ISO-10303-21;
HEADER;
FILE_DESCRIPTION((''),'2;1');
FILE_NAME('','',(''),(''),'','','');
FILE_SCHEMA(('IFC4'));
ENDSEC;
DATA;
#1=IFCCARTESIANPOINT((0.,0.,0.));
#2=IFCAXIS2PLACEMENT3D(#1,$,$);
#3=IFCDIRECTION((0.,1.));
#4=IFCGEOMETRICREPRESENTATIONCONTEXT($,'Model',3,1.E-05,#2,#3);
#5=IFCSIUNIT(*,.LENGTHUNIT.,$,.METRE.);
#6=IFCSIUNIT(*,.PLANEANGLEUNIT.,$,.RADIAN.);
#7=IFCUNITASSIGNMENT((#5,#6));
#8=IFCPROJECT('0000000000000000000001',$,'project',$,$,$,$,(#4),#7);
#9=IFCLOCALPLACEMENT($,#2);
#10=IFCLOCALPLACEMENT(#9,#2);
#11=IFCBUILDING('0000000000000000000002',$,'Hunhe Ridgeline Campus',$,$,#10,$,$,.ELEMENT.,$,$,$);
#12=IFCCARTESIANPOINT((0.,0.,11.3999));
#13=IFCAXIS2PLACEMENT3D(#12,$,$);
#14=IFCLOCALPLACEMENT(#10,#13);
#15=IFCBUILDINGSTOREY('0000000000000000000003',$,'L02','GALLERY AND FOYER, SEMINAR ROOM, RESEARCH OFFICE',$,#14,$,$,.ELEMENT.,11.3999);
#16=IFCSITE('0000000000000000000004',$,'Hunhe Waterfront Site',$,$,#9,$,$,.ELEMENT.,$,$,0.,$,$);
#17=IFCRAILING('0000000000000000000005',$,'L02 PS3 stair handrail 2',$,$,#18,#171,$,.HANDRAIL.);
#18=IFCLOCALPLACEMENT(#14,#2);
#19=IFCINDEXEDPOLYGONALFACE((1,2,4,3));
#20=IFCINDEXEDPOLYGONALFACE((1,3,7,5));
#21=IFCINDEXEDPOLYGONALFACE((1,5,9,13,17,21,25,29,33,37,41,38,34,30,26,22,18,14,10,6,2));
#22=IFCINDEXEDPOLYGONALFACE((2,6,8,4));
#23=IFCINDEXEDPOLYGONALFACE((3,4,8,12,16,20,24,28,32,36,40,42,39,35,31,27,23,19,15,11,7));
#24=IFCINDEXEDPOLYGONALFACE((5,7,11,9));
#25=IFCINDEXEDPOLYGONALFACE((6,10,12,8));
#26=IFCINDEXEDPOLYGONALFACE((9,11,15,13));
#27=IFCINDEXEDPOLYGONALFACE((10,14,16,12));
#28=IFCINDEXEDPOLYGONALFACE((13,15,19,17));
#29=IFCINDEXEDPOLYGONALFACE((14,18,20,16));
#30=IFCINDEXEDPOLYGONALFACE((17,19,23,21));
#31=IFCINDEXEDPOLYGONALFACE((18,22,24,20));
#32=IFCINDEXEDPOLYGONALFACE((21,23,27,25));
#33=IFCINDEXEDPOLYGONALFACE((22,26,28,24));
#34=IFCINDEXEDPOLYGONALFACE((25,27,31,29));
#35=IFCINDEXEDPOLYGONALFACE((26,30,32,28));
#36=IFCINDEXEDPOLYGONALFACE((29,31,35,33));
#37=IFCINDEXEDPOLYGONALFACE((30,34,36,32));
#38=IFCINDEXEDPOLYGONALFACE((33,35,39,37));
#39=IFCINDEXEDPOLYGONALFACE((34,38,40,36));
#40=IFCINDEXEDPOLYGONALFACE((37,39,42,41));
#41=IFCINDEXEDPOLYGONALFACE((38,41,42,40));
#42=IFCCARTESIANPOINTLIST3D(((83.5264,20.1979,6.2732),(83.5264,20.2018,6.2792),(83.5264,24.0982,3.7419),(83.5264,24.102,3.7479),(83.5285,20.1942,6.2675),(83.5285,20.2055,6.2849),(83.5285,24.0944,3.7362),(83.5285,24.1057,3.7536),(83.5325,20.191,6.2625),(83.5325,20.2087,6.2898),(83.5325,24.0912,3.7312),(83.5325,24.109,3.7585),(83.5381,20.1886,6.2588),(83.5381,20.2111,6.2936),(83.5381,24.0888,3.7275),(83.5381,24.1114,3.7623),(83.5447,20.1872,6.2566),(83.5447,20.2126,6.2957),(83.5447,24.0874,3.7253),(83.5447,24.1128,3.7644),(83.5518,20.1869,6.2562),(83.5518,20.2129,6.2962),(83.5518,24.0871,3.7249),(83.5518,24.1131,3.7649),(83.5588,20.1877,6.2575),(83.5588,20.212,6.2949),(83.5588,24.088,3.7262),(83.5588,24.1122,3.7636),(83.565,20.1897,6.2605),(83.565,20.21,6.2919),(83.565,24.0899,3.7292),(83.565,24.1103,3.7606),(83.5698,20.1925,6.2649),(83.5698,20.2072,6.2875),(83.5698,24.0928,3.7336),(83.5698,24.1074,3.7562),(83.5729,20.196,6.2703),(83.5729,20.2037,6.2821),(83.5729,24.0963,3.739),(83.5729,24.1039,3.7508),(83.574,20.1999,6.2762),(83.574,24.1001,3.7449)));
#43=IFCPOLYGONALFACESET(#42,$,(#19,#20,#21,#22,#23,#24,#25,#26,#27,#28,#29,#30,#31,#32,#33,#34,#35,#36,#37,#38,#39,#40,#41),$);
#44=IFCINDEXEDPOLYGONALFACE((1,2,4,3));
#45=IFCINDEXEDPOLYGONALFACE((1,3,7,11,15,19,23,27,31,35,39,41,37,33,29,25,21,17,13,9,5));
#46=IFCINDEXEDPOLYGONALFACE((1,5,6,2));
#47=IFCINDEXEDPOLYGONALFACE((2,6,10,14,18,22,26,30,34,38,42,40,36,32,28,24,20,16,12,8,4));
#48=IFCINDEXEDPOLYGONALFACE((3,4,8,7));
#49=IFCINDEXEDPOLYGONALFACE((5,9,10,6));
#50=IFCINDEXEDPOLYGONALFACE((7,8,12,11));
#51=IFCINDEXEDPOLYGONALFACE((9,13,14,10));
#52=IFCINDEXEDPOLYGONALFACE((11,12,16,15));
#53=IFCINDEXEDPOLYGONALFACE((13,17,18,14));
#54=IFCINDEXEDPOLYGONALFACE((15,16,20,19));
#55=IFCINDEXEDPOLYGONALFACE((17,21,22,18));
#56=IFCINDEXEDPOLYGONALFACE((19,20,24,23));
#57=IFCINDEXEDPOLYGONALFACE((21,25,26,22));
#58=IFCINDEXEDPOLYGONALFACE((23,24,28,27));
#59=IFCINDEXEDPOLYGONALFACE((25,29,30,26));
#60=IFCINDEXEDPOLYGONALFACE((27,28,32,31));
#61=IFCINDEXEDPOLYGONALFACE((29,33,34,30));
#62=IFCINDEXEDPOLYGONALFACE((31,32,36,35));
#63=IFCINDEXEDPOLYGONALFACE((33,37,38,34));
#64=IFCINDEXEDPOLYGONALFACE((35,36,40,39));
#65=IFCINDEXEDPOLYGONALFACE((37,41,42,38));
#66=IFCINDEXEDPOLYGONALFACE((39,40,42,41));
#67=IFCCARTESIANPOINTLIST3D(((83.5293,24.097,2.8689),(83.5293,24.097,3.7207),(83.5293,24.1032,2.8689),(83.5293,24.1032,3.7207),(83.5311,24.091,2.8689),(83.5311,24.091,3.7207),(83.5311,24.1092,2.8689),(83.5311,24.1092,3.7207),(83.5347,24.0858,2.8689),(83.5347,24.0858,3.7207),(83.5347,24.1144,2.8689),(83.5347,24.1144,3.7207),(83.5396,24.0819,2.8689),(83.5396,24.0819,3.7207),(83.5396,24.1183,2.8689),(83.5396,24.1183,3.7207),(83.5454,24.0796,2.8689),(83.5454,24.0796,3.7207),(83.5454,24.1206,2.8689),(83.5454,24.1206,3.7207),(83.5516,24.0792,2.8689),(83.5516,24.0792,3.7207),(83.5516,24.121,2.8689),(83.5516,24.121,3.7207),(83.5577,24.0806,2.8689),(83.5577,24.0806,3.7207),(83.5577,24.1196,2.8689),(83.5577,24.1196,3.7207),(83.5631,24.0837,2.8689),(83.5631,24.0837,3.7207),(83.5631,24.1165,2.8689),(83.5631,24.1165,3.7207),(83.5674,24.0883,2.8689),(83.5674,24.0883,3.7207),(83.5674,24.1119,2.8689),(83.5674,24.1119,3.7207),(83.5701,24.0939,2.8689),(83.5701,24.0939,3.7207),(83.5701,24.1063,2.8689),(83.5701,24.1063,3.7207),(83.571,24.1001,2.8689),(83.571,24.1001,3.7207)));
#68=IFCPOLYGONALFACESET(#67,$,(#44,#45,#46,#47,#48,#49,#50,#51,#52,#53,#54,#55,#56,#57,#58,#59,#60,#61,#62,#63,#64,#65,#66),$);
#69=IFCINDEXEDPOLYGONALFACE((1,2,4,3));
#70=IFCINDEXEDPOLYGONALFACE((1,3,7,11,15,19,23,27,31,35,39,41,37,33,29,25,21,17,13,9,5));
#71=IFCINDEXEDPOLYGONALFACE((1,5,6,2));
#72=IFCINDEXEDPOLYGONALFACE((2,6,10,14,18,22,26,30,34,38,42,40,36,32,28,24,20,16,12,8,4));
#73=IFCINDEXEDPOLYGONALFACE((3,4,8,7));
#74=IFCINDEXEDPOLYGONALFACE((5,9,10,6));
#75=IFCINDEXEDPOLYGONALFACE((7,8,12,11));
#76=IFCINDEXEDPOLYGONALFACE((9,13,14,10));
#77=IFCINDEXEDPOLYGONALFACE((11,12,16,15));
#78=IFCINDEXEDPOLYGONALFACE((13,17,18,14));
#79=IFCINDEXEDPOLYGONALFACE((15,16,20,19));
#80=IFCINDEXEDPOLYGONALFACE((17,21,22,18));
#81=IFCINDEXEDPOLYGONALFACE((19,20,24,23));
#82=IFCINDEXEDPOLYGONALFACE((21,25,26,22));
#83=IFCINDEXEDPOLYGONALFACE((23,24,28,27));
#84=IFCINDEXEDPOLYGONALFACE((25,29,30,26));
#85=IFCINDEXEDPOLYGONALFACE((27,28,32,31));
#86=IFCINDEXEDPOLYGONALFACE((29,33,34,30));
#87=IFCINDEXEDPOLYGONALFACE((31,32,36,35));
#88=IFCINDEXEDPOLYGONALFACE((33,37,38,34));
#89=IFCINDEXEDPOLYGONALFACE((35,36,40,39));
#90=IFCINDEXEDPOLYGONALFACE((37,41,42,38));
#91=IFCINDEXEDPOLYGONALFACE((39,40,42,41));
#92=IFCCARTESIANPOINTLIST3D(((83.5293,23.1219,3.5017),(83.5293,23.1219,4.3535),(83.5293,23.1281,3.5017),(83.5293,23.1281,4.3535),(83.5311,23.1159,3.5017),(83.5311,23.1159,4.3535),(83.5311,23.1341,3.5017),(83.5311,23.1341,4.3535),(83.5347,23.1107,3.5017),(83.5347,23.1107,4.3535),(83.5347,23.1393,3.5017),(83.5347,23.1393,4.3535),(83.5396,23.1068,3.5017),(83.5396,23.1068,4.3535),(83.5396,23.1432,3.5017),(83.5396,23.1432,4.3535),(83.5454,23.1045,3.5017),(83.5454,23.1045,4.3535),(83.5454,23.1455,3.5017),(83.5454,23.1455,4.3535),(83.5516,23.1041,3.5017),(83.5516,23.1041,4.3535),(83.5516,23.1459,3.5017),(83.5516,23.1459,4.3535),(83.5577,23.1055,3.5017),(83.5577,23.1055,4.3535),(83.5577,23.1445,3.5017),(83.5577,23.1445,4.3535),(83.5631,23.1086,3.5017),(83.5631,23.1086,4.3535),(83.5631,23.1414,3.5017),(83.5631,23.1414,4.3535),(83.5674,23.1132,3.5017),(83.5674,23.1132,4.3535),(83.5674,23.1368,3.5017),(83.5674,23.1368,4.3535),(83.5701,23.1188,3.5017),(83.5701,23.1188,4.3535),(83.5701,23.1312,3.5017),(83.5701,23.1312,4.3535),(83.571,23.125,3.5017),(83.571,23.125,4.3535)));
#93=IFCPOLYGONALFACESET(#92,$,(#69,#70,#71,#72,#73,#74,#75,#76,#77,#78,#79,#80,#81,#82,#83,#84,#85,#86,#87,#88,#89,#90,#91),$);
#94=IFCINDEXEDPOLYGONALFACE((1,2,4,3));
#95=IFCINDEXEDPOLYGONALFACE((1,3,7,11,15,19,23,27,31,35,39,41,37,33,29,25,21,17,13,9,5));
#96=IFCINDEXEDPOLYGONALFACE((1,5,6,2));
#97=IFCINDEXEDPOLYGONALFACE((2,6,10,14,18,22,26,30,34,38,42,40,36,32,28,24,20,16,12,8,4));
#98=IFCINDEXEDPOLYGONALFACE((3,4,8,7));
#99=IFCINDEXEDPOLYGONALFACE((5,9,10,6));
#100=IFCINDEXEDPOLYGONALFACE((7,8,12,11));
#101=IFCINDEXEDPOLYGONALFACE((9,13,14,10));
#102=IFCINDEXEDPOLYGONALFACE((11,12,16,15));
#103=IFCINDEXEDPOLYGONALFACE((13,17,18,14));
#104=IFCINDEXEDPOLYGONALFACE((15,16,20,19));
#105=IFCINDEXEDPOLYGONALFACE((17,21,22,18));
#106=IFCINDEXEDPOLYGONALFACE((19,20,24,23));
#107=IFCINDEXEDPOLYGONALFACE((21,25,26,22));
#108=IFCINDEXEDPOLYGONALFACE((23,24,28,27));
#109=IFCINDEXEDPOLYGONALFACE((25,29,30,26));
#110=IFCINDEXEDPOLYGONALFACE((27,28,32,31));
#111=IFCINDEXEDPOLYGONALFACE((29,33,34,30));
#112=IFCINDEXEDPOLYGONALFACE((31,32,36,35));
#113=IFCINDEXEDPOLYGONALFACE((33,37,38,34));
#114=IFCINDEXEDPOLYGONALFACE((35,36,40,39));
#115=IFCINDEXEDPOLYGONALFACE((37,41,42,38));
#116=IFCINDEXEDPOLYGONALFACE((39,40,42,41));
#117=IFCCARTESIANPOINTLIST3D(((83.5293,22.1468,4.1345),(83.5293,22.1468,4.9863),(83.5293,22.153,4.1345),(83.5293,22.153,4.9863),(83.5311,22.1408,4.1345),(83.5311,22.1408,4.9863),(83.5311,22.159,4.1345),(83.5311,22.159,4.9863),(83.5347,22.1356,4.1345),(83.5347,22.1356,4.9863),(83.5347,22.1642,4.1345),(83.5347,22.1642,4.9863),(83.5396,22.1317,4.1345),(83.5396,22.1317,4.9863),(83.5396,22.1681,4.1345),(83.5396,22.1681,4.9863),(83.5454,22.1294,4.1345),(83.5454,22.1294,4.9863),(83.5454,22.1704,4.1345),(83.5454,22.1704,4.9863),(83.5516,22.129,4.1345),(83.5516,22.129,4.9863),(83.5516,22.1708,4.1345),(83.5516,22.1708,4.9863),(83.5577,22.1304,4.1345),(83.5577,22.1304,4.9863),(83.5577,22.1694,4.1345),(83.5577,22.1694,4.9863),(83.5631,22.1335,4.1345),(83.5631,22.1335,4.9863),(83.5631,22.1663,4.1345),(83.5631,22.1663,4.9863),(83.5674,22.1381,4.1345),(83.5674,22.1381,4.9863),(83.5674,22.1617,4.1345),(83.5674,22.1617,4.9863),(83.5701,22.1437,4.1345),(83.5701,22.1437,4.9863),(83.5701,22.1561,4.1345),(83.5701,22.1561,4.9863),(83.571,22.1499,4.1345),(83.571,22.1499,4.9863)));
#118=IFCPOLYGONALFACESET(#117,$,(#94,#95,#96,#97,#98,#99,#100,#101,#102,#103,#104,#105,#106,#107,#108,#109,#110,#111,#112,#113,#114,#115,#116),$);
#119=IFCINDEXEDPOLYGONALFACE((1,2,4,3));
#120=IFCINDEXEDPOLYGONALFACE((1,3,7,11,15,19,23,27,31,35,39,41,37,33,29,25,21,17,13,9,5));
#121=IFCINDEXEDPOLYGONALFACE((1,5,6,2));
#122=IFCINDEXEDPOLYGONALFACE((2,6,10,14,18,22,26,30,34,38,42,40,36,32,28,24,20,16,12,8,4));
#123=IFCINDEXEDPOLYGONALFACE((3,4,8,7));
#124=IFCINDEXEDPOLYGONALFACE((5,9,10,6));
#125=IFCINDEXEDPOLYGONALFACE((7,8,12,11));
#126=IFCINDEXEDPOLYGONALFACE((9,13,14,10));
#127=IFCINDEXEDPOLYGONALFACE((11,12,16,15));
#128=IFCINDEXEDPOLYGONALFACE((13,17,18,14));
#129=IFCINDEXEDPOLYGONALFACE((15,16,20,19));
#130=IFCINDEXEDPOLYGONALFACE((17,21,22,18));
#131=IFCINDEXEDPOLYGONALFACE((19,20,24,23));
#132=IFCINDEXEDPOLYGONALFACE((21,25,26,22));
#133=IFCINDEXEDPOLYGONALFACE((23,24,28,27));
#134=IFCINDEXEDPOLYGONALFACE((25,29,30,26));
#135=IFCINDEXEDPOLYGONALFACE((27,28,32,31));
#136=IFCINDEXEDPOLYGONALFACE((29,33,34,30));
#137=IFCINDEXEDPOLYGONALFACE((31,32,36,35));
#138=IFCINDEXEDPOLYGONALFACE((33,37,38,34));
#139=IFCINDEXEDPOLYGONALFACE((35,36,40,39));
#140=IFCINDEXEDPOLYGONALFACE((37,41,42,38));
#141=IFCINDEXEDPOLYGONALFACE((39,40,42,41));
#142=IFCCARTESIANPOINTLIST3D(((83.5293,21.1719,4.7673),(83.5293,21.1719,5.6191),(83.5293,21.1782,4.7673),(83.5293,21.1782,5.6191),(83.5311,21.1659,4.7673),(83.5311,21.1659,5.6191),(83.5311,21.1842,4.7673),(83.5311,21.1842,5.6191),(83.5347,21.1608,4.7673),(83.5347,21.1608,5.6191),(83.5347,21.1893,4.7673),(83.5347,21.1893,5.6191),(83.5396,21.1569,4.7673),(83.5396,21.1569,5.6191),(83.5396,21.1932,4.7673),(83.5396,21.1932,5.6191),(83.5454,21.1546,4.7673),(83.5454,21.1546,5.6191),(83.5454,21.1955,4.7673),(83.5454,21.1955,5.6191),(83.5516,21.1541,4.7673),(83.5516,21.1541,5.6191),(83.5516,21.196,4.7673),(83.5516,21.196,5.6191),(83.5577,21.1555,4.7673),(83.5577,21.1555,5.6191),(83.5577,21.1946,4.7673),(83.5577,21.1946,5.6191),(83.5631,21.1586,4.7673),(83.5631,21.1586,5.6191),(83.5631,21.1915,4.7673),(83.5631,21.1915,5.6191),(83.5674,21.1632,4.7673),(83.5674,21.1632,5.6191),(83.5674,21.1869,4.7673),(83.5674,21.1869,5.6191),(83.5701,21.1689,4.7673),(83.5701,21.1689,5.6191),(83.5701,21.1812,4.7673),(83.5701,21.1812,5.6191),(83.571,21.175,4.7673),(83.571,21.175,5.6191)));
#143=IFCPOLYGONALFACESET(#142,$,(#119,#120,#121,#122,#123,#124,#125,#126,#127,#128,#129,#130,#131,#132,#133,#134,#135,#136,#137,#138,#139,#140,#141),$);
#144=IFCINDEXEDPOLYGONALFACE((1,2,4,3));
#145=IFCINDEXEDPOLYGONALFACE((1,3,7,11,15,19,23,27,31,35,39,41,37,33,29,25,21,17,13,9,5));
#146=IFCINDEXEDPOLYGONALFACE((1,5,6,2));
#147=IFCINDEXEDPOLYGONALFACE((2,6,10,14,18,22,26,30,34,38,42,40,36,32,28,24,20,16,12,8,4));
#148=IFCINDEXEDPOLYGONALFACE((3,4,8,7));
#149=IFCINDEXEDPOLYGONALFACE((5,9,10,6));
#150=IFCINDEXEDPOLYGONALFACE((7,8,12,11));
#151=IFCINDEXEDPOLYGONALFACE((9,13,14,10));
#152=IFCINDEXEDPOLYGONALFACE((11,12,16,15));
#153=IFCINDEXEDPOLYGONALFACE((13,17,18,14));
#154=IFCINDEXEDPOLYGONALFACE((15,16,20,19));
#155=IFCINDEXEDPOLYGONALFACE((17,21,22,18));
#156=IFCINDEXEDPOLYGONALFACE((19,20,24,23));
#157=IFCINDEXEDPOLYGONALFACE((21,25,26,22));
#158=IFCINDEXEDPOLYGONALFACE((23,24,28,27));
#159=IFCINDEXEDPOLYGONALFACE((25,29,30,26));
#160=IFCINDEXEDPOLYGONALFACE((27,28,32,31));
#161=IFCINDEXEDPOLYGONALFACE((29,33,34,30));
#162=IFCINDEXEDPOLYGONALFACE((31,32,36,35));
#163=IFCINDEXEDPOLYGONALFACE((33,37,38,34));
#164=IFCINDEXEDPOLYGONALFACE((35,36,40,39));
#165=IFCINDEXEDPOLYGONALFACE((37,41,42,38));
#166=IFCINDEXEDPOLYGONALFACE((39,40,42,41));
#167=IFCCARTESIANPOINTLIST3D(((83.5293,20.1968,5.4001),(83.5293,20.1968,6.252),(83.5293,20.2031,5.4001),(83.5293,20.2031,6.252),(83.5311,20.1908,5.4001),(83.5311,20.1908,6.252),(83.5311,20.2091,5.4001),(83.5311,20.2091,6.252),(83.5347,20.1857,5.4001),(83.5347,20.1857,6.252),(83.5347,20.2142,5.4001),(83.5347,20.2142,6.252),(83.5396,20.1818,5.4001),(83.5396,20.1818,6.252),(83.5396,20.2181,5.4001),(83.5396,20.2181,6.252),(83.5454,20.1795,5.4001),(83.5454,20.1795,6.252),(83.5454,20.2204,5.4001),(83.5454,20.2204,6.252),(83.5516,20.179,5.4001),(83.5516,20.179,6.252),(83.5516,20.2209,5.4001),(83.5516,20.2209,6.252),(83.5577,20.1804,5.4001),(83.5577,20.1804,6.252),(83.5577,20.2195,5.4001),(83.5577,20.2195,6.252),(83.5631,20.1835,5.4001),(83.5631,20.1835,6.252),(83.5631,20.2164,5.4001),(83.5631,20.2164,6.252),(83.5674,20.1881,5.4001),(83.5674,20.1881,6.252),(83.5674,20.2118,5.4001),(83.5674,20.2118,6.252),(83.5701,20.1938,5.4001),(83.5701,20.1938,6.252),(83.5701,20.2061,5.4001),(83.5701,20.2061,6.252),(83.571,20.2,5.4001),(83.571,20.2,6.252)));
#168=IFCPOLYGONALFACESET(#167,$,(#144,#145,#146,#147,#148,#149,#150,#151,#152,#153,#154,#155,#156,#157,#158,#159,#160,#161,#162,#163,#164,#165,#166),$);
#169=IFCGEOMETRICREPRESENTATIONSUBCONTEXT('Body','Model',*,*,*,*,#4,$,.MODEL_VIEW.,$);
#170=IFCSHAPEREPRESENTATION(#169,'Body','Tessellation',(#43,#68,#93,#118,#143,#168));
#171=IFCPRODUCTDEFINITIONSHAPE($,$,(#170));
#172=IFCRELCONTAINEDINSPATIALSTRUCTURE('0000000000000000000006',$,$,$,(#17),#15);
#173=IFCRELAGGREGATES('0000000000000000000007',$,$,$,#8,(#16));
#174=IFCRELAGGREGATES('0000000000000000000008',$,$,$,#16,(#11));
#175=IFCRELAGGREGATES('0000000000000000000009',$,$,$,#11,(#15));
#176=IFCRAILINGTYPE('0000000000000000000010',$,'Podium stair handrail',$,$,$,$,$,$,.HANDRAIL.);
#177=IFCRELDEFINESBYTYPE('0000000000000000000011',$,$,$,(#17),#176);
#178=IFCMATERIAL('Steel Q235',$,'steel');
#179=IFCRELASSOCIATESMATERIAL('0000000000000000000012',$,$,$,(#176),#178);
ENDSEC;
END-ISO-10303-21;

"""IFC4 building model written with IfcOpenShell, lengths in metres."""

from ifc_helpers import new_model, si_unit, direction, frame, origin, origin_2d, place, context, subcontext, project, spatial, circle, extrude, material, type_object, element, save


model = new_model("IFC4")

# Units and contexts
model_context = context("Model", 3, precision=1e-05, world=origin(), true_north=direction((0.0, 1.0)))
body_context = subcontext(model_context, "Body", "Model", "MODEL_VIEW")
ifc_project = project(units=[si_unit("LENGTHUNIT", "METRE"), si_unit("PLANEANGLEUNIT", "RADIAN")], contexts=[model_context])

# Site, building, storey
site_placement = place(None, origin())
site = spatial("IfcSite", under=ifc_project, at=site_placement, Name="Hunhe Waterfront Site", CompositionType="ELEMENT", RefElevation=0.0)
building_placement = place(site_placement, origin())
building = spatial("IfcBuilding", under=site, at=building_placement, Name="Hunhe Ridgeline Campus", CompositionType="ELEMENT")
storey_placement = place(building_placement, frame((0.0, 0.0, 11.3999)))
storey = spatial("IfcBuildingStorey", under=building, at=storey_placement, Name="L02", Description="GALLERY AND FOYER, SEMINAR ROOM, RESEARCH OFFICE", CompositionType="ELEMENT", Elevation=11.3999)

# Railing
ifc_material_1 = material(Name="Steel Q235", Category="steel")
railing_type_1 = type_object("IfcRailingType", Name="Podium stair handrail", PredefinedType="HANDRAIL", material=ifc_material_1)
railing_1_placement = place(storey_placement, frame((83.55, 24.1001, 2.8689)))
element("IfcRailing", 1, at=railing_1_placement, inside=storey, type_object=railing_type_1, Name="L02 PS3 stair handrail 2", PredefinedType="HANDRAIL", context=body_context, shape_type="SweptSolid", body=[
    extrude(circle(Radius=0.0239, at=origin_2d()), frame((0.0, 0.0, 0.876), z_axis=(0.0, -0.838821, 0.544407), x_axis=(1.0, 0.0, 0.0)), (0.0, 0.0, 1.0), 4.6497),
    extrude(circle(Radius=0.021, at=origin_2d()), origin(), (0.0, 0.0, 1.0), 0.8518),
    extrude(circle(Radius=0.021, at=origin_2d()), frame((0.0, -0.9751, 0.6328)), (0.0, 0.0, 1.0), 0.8518),
    extrude(circle(Radius=0.021, at=origin_2d()), frame((0.0, -1.9502, 1.2656)), (0.0, 0.0, 1.0), 0.8518),
    extrude(circle(Radius=0.021, at=origin_2d()), frame((0.0, -2.925, 1.8984)), (0.0, 0.0, 1.0), 0.8518),
    extrude(circle(Radius=0.021, at=origin_2d()), frame((0.0, -3.9001, 2.5312)), (0.0, 0.0, 1.0), 0.8518),
])

save(model, "model.ifc")
